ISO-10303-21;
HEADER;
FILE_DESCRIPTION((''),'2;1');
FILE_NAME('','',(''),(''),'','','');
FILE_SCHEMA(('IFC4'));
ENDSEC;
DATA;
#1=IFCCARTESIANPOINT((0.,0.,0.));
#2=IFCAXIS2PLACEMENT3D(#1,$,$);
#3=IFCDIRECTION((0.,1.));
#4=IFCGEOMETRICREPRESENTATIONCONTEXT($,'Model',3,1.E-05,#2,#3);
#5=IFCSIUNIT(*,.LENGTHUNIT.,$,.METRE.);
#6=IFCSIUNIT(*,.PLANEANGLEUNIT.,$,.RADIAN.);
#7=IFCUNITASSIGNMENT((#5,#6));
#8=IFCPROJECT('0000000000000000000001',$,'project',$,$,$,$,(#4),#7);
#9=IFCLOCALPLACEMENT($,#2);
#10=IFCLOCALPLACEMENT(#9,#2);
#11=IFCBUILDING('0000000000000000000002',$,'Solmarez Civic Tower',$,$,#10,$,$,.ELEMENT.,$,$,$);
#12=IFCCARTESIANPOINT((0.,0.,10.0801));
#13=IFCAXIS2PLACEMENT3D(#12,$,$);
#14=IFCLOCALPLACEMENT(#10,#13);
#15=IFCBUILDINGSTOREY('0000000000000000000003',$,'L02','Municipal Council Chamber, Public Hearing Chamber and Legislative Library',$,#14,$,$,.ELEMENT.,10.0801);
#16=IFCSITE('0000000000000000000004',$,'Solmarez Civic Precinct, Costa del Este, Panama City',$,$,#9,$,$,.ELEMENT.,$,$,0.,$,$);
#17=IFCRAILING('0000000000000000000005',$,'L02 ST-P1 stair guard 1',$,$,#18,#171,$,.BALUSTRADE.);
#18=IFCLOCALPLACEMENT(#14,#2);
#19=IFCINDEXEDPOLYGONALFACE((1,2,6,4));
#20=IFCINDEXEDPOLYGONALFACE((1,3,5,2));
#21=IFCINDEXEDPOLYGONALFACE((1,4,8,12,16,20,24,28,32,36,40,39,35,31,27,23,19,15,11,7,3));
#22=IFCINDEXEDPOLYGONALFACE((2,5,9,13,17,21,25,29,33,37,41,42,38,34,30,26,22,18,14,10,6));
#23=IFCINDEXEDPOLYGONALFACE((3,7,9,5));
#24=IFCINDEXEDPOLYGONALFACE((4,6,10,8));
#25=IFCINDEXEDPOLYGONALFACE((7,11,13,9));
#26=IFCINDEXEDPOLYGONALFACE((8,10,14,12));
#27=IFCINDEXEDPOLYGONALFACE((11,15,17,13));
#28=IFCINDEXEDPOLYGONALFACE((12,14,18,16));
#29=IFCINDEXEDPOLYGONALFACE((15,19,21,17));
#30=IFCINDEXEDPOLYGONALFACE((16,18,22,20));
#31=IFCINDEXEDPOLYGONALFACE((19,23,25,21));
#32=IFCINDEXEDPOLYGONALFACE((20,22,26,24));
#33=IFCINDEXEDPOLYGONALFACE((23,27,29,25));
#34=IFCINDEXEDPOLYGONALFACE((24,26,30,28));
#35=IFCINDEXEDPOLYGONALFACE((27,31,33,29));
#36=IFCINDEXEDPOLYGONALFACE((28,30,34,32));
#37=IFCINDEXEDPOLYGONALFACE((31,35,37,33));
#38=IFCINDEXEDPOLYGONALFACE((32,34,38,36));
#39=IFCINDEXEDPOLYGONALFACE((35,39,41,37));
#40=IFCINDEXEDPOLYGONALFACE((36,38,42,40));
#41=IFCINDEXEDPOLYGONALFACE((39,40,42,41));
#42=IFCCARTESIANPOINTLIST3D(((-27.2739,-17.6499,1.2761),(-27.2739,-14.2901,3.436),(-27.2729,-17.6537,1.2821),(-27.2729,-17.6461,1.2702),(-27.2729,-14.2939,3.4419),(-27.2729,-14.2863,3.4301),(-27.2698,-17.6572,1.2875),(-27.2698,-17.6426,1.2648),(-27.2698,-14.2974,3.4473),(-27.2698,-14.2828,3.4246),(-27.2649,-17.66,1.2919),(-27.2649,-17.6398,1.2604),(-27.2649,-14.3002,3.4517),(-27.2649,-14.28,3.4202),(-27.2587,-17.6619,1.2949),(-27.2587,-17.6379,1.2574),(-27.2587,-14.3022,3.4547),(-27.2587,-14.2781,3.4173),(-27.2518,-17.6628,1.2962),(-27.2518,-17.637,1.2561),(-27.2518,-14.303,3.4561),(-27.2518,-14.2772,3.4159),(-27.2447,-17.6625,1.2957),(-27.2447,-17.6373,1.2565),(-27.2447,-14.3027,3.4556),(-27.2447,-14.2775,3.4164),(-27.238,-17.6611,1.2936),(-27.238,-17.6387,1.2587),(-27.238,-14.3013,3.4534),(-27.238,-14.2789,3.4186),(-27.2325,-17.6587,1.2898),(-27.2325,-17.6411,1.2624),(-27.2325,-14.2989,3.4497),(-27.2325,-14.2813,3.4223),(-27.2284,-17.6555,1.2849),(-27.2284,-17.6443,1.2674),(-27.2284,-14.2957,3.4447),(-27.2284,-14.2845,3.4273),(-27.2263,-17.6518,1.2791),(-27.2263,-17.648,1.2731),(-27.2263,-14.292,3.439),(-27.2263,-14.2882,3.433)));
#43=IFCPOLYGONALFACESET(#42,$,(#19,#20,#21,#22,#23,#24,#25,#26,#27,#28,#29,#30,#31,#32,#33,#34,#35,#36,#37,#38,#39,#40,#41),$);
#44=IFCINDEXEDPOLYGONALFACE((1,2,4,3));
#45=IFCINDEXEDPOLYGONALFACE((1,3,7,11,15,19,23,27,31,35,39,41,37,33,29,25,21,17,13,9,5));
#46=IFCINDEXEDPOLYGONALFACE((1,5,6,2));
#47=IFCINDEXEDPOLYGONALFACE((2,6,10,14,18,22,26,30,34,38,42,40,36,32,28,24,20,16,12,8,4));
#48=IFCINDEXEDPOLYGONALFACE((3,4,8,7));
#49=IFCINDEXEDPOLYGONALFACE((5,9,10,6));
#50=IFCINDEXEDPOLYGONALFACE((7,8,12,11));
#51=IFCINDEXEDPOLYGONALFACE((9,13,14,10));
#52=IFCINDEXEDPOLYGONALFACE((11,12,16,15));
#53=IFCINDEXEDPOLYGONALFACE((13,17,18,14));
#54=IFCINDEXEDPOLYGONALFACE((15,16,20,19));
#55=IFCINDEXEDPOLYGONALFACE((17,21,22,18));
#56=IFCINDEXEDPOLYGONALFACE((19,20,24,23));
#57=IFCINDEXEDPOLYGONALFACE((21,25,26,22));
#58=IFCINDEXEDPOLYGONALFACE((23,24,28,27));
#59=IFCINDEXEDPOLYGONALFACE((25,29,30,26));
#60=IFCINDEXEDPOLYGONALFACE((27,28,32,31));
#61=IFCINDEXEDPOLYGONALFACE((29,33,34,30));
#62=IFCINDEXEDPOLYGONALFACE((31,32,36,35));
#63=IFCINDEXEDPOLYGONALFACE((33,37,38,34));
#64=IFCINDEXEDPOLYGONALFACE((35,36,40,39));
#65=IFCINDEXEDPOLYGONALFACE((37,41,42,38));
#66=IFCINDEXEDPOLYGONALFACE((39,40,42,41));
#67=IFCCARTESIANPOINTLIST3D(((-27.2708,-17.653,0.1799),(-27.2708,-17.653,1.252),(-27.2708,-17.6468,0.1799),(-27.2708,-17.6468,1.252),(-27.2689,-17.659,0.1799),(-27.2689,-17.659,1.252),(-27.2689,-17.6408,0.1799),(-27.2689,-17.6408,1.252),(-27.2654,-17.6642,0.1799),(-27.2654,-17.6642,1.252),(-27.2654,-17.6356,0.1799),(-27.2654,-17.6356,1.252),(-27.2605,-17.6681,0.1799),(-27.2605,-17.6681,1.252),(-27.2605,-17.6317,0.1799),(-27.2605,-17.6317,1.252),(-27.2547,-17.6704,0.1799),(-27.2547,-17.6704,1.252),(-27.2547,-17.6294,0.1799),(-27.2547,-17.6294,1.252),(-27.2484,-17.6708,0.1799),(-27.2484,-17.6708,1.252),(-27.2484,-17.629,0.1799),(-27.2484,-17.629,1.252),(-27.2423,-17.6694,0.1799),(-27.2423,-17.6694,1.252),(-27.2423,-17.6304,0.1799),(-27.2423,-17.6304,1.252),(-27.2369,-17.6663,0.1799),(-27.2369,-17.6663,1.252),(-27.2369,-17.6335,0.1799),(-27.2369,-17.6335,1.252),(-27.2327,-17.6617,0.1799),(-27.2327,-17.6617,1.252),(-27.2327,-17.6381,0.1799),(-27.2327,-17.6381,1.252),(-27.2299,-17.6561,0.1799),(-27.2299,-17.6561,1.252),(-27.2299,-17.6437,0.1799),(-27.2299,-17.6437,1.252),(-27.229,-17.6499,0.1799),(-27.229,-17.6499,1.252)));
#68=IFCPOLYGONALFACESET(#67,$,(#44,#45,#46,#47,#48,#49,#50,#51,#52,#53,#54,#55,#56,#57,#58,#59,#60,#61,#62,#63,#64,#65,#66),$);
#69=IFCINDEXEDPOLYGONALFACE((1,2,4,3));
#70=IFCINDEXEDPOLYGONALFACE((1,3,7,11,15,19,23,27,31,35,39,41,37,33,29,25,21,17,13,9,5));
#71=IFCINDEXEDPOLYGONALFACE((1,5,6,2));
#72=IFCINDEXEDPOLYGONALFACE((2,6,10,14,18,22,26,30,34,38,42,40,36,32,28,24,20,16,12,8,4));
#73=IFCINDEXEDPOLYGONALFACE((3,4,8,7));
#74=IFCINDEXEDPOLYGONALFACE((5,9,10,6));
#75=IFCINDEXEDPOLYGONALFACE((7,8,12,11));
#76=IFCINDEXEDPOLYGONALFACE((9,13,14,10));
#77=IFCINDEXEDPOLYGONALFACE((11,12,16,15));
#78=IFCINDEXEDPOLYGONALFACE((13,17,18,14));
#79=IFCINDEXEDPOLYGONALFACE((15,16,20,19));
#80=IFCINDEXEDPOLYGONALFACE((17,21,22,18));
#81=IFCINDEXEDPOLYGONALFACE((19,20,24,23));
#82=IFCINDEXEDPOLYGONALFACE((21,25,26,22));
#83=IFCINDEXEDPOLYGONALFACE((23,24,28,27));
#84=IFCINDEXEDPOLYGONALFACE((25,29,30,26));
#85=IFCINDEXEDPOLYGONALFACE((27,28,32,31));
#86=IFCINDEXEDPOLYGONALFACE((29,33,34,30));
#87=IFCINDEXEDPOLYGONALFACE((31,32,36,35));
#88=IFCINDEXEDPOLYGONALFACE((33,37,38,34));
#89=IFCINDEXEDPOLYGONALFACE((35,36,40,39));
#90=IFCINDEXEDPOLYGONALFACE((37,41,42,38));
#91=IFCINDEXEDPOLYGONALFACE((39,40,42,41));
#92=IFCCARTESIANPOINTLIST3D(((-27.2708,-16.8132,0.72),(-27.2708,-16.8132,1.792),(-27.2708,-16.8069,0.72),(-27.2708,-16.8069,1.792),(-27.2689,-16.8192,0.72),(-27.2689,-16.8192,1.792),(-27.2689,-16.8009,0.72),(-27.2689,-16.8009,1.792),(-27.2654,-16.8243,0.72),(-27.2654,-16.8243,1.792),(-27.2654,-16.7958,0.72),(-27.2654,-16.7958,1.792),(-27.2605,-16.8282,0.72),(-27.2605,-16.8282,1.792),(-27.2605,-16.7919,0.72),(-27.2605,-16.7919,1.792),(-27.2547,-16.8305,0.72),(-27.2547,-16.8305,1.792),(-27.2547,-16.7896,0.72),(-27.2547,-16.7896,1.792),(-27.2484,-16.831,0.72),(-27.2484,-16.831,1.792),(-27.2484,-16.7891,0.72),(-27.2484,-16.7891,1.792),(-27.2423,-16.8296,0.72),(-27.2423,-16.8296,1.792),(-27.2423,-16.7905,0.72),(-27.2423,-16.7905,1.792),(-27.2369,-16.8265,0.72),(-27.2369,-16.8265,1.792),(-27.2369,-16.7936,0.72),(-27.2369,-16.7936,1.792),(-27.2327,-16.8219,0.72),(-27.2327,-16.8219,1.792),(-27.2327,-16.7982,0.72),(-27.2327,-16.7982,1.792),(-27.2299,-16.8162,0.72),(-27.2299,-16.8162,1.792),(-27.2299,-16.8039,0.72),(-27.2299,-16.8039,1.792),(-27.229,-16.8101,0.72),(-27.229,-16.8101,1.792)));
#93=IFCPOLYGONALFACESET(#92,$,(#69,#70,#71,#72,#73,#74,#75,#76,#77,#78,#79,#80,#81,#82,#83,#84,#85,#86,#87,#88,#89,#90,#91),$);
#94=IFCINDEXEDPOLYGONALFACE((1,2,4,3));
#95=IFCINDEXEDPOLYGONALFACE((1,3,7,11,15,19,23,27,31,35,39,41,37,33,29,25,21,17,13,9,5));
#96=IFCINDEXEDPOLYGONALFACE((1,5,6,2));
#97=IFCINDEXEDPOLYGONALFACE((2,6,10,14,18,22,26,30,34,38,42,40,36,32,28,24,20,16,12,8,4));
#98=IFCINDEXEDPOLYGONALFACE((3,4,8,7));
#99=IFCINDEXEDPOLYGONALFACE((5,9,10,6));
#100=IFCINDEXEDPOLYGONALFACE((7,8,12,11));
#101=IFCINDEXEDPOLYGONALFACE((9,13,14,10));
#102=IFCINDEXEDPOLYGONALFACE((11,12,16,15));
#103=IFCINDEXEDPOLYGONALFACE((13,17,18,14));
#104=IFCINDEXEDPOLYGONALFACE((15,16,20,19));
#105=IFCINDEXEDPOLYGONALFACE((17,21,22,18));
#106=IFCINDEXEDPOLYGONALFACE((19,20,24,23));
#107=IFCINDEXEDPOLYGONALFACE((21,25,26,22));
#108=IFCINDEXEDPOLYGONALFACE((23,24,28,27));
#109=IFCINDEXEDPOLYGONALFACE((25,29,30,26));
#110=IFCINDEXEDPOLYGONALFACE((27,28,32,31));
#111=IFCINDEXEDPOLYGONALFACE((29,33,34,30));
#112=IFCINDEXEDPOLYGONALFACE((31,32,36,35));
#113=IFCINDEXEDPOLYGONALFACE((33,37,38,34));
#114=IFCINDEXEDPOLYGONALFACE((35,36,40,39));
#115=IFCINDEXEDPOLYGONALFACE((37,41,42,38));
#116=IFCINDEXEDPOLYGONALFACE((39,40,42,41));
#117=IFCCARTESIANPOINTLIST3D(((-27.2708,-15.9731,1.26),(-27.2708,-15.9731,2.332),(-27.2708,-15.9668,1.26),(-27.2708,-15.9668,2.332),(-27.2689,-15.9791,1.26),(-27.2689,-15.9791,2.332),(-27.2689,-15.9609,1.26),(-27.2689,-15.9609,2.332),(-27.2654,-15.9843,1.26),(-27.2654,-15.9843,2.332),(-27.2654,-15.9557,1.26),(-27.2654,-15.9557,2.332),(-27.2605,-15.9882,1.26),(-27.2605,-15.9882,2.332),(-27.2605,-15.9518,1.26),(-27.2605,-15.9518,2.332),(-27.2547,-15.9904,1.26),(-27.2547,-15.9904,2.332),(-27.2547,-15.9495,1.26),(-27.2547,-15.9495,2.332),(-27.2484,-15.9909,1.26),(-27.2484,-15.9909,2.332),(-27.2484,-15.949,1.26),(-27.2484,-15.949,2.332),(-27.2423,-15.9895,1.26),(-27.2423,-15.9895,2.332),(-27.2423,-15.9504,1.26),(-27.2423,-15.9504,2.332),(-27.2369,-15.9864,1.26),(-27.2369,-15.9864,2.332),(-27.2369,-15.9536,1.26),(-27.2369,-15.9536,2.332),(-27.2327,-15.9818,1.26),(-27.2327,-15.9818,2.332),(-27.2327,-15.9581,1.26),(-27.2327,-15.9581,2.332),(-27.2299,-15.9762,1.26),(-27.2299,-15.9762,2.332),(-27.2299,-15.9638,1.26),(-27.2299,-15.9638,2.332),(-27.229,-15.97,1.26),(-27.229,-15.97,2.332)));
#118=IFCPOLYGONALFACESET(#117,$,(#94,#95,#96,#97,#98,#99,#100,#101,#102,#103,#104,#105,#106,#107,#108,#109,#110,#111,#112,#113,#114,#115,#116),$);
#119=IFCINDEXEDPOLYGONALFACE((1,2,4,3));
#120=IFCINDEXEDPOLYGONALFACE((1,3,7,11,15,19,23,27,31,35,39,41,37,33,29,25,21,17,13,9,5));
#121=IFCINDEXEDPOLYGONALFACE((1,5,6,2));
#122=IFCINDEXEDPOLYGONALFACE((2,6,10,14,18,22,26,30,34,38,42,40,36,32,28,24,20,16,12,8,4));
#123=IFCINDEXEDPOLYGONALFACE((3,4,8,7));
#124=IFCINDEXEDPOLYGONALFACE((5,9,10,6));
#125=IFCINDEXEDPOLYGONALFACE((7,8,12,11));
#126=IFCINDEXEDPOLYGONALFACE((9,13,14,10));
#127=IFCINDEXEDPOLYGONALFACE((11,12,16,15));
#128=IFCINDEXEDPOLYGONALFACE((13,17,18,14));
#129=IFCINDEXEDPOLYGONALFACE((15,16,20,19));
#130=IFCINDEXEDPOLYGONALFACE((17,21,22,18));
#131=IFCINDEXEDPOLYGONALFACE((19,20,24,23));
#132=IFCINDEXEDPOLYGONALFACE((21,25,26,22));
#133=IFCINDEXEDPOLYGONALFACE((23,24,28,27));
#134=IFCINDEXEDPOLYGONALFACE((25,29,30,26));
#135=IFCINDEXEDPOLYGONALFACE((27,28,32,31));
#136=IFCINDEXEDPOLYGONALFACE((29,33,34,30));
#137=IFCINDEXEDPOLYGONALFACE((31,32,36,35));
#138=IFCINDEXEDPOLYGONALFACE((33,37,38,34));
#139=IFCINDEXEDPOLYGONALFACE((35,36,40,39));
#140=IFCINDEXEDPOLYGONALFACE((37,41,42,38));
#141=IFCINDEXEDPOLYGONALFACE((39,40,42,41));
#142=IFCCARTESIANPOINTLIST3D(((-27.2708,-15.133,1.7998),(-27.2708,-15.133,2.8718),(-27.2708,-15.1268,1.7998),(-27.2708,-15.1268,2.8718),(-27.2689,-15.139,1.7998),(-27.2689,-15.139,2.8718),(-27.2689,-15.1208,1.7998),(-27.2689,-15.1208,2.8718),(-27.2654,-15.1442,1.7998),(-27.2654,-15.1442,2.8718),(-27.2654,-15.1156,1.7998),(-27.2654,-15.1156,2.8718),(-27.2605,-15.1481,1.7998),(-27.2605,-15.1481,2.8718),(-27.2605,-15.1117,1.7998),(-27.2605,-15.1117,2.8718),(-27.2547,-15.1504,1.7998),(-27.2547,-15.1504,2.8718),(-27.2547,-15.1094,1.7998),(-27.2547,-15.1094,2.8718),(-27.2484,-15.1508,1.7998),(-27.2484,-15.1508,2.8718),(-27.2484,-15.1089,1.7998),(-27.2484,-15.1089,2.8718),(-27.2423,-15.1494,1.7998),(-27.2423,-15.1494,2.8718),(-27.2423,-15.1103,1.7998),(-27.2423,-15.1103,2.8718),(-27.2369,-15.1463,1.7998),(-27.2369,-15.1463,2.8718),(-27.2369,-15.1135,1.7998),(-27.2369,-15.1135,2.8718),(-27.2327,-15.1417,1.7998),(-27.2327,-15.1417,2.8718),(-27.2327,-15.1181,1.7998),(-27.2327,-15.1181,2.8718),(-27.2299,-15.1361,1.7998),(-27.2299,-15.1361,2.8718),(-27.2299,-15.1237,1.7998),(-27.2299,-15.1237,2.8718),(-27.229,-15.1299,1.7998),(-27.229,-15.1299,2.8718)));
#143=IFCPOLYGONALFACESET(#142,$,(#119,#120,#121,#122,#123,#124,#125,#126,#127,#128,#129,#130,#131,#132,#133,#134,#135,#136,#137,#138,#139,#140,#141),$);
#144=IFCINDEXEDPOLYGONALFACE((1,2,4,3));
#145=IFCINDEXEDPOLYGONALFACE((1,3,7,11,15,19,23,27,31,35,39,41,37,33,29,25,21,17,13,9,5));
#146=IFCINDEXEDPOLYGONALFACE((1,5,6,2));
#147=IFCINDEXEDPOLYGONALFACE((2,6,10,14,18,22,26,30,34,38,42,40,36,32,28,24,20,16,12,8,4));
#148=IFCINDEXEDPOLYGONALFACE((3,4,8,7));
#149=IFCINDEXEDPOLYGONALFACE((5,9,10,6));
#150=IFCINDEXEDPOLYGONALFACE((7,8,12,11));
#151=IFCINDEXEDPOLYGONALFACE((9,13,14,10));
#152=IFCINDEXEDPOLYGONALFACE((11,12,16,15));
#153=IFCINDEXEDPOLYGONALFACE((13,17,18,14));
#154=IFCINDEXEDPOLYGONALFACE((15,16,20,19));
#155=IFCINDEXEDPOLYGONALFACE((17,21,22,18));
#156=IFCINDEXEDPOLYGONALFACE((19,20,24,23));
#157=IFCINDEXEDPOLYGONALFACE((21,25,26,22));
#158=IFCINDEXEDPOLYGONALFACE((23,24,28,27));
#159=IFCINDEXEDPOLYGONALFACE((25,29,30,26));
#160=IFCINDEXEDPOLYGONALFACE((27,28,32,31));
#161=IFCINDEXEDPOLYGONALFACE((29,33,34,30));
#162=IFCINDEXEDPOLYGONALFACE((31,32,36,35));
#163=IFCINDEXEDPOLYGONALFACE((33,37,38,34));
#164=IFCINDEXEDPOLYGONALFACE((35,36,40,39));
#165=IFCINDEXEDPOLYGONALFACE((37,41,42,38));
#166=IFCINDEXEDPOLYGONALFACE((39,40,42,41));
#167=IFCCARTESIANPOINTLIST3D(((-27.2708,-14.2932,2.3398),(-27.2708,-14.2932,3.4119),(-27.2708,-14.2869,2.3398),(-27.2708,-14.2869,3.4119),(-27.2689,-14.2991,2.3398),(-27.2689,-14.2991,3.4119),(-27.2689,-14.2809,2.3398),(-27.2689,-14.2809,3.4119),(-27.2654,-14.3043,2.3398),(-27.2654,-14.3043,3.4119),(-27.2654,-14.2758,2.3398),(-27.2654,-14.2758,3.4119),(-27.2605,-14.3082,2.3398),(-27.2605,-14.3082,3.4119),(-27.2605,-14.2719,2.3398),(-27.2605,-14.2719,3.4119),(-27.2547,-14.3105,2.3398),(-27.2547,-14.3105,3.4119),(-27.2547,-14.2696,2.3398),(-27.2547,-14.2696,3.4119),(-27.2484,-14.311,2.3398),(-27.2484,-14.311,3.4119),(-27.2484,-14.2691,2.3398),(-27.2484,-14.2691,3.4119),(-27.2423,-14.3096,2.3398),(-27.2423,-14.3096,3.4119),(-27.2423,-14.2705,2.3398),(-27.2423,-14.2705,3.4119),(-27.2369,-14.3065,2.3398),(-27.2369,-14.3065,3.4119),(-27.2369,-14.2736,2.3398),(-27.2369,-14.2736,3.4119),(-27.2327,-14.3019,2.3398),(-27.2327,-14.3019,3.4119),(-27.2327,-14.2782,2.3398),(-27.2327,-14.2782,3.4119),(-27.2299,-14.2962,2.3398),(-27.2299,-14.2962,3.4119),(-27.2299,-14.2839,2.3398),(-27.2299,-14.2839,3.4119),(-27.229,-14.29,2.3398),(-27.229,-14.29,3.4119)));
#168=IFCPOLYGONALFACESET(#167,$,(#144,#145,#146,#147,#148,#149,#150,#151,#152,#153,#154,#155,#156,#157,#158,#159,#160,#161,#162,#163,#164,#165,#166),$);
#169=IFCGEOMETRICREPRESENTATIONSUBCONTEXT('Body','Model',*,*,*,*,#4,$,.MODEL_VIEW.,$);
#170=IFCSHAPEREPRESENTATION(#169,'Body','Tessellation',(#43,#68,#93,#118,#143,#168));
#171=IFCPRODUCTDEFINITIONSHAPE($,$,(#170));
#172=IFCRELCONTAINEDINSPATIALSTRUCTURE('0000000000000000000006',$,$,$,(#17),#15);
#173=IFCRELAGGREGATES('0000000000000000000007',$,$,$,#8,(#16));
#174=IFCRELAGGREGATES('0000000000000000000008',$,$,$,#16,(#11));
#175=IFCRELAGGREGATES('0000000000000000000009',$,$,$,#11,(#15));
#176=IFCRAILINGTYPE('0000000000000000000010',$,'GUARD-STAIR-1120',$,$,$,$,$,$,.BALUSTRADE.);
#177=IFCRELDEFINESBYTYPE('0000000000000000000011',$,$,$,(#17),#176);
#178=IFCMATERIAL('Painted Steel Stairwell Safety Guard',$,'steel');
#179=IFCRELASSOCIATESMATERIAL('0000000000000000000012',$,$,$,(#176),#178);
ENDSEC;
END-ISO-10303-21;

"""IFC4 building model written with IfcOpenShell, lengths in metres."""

from ifc_helpers import new_model, si_unit, direction, frame, origin, origin_2d, place, context, subcontext, project, spatial, circle, extrude, material, type_object, element, save


model = new_model("IFC4")

# Units and contexts
model_context = context("Model", 3, precision=1e-05, world=origin(), true_north=direction((0.0, 1.0)))
body_context = subcontext(model_context, "Body", "Model", "MODEL_VIEW")
ifc_project = project(units=[si_unit("LENGTHUNIT", "METRE"), si_unit("PLANEANGLEUNIT", "RADIAN")], contexts=[model_context])

# Site, building, storey
site_placement = place(None, origin())
site = spatial("IfcSite", under=ifc_project, at=site_placement, Name="Solmarez Civic Precinct, Costa del Este, Panama City", CompositionType="ELEMENT", RefElevation=0.0)
building_placement = place(site_placement, origin())
building = spatial("IfcBuilding", under=site, at=building_placement, Name="Solmarez Civic Tower", CompositionType="ELEMENT")
storey_placement = place(building_placement, frame((0.0, 0.0, 10.0801)))
storey = spatial("IfcBuildingStorey", under=building, at=storey_placement, Name="L02", Description="Municipal Council Chamber, Public Hearing Chamber and Legislative Library", CompositionType="ELEMENT", Elevation=10.0801)

# Railing
ifc_material_1 = material(Name="Painted Steel Stairwell Safety Guard", Category="steel")
railing_type_1 = type_object("IfcRailingType", Name="GUARD-STAIR-1120", PredefinedType="BALUSTRADE", material=ifc_material_1)
railing_1_placement = place(storey_placement, frame((-27.25, -17.6499, 0.1799)))
element("IfcRailing", 1, at=railing_1_placement, inside=storey, type_object=railing_type_1, Name="L02 ST-P1 stair guard 1", PredefinedType="BALUSTRADE", context=body_context, shape_type="SweptSolid", body=[
    extrude(circle(Radius=0.0239, at=origin_2d()), frame((0.0, 0.0, 1.0962), z_axis=(0.0, 0.841178, 0.540758), x_axis=(-1.0, 0.0, 0.0)), (0.0, 0.0, 1.0), 3.9941),
    extrude(circle(Radius=0.021, at=origin_2d()), origin(), (0.0, 0.0, 1.0), 1.072),
    extrude(circle(Radius=0.021, at=origin_2d()), frame((0.0, 0.8398, 0.54)), (0.0, 0.0, 1.0), 1.072),
    extrude(circle(Radius=0.021, at=origin_2d()), frame((0.0, 1.6799, 1.0801)), (0.0, 0.0, 1.0), 1.072),
    extrude(circle(Radius=0.021, at=origin_2d()), frame((0.0, 2.52, 1.6199)), (0.0, 0.0, 1.0), 1.072),
    extrude(circle(Radius=0.021, at=origin_2d()), frame((0.0, 3.3599, 2.1599)), (0.0, 0.0, 1.0), 1.072),
])

save(model, "model.ifc")
